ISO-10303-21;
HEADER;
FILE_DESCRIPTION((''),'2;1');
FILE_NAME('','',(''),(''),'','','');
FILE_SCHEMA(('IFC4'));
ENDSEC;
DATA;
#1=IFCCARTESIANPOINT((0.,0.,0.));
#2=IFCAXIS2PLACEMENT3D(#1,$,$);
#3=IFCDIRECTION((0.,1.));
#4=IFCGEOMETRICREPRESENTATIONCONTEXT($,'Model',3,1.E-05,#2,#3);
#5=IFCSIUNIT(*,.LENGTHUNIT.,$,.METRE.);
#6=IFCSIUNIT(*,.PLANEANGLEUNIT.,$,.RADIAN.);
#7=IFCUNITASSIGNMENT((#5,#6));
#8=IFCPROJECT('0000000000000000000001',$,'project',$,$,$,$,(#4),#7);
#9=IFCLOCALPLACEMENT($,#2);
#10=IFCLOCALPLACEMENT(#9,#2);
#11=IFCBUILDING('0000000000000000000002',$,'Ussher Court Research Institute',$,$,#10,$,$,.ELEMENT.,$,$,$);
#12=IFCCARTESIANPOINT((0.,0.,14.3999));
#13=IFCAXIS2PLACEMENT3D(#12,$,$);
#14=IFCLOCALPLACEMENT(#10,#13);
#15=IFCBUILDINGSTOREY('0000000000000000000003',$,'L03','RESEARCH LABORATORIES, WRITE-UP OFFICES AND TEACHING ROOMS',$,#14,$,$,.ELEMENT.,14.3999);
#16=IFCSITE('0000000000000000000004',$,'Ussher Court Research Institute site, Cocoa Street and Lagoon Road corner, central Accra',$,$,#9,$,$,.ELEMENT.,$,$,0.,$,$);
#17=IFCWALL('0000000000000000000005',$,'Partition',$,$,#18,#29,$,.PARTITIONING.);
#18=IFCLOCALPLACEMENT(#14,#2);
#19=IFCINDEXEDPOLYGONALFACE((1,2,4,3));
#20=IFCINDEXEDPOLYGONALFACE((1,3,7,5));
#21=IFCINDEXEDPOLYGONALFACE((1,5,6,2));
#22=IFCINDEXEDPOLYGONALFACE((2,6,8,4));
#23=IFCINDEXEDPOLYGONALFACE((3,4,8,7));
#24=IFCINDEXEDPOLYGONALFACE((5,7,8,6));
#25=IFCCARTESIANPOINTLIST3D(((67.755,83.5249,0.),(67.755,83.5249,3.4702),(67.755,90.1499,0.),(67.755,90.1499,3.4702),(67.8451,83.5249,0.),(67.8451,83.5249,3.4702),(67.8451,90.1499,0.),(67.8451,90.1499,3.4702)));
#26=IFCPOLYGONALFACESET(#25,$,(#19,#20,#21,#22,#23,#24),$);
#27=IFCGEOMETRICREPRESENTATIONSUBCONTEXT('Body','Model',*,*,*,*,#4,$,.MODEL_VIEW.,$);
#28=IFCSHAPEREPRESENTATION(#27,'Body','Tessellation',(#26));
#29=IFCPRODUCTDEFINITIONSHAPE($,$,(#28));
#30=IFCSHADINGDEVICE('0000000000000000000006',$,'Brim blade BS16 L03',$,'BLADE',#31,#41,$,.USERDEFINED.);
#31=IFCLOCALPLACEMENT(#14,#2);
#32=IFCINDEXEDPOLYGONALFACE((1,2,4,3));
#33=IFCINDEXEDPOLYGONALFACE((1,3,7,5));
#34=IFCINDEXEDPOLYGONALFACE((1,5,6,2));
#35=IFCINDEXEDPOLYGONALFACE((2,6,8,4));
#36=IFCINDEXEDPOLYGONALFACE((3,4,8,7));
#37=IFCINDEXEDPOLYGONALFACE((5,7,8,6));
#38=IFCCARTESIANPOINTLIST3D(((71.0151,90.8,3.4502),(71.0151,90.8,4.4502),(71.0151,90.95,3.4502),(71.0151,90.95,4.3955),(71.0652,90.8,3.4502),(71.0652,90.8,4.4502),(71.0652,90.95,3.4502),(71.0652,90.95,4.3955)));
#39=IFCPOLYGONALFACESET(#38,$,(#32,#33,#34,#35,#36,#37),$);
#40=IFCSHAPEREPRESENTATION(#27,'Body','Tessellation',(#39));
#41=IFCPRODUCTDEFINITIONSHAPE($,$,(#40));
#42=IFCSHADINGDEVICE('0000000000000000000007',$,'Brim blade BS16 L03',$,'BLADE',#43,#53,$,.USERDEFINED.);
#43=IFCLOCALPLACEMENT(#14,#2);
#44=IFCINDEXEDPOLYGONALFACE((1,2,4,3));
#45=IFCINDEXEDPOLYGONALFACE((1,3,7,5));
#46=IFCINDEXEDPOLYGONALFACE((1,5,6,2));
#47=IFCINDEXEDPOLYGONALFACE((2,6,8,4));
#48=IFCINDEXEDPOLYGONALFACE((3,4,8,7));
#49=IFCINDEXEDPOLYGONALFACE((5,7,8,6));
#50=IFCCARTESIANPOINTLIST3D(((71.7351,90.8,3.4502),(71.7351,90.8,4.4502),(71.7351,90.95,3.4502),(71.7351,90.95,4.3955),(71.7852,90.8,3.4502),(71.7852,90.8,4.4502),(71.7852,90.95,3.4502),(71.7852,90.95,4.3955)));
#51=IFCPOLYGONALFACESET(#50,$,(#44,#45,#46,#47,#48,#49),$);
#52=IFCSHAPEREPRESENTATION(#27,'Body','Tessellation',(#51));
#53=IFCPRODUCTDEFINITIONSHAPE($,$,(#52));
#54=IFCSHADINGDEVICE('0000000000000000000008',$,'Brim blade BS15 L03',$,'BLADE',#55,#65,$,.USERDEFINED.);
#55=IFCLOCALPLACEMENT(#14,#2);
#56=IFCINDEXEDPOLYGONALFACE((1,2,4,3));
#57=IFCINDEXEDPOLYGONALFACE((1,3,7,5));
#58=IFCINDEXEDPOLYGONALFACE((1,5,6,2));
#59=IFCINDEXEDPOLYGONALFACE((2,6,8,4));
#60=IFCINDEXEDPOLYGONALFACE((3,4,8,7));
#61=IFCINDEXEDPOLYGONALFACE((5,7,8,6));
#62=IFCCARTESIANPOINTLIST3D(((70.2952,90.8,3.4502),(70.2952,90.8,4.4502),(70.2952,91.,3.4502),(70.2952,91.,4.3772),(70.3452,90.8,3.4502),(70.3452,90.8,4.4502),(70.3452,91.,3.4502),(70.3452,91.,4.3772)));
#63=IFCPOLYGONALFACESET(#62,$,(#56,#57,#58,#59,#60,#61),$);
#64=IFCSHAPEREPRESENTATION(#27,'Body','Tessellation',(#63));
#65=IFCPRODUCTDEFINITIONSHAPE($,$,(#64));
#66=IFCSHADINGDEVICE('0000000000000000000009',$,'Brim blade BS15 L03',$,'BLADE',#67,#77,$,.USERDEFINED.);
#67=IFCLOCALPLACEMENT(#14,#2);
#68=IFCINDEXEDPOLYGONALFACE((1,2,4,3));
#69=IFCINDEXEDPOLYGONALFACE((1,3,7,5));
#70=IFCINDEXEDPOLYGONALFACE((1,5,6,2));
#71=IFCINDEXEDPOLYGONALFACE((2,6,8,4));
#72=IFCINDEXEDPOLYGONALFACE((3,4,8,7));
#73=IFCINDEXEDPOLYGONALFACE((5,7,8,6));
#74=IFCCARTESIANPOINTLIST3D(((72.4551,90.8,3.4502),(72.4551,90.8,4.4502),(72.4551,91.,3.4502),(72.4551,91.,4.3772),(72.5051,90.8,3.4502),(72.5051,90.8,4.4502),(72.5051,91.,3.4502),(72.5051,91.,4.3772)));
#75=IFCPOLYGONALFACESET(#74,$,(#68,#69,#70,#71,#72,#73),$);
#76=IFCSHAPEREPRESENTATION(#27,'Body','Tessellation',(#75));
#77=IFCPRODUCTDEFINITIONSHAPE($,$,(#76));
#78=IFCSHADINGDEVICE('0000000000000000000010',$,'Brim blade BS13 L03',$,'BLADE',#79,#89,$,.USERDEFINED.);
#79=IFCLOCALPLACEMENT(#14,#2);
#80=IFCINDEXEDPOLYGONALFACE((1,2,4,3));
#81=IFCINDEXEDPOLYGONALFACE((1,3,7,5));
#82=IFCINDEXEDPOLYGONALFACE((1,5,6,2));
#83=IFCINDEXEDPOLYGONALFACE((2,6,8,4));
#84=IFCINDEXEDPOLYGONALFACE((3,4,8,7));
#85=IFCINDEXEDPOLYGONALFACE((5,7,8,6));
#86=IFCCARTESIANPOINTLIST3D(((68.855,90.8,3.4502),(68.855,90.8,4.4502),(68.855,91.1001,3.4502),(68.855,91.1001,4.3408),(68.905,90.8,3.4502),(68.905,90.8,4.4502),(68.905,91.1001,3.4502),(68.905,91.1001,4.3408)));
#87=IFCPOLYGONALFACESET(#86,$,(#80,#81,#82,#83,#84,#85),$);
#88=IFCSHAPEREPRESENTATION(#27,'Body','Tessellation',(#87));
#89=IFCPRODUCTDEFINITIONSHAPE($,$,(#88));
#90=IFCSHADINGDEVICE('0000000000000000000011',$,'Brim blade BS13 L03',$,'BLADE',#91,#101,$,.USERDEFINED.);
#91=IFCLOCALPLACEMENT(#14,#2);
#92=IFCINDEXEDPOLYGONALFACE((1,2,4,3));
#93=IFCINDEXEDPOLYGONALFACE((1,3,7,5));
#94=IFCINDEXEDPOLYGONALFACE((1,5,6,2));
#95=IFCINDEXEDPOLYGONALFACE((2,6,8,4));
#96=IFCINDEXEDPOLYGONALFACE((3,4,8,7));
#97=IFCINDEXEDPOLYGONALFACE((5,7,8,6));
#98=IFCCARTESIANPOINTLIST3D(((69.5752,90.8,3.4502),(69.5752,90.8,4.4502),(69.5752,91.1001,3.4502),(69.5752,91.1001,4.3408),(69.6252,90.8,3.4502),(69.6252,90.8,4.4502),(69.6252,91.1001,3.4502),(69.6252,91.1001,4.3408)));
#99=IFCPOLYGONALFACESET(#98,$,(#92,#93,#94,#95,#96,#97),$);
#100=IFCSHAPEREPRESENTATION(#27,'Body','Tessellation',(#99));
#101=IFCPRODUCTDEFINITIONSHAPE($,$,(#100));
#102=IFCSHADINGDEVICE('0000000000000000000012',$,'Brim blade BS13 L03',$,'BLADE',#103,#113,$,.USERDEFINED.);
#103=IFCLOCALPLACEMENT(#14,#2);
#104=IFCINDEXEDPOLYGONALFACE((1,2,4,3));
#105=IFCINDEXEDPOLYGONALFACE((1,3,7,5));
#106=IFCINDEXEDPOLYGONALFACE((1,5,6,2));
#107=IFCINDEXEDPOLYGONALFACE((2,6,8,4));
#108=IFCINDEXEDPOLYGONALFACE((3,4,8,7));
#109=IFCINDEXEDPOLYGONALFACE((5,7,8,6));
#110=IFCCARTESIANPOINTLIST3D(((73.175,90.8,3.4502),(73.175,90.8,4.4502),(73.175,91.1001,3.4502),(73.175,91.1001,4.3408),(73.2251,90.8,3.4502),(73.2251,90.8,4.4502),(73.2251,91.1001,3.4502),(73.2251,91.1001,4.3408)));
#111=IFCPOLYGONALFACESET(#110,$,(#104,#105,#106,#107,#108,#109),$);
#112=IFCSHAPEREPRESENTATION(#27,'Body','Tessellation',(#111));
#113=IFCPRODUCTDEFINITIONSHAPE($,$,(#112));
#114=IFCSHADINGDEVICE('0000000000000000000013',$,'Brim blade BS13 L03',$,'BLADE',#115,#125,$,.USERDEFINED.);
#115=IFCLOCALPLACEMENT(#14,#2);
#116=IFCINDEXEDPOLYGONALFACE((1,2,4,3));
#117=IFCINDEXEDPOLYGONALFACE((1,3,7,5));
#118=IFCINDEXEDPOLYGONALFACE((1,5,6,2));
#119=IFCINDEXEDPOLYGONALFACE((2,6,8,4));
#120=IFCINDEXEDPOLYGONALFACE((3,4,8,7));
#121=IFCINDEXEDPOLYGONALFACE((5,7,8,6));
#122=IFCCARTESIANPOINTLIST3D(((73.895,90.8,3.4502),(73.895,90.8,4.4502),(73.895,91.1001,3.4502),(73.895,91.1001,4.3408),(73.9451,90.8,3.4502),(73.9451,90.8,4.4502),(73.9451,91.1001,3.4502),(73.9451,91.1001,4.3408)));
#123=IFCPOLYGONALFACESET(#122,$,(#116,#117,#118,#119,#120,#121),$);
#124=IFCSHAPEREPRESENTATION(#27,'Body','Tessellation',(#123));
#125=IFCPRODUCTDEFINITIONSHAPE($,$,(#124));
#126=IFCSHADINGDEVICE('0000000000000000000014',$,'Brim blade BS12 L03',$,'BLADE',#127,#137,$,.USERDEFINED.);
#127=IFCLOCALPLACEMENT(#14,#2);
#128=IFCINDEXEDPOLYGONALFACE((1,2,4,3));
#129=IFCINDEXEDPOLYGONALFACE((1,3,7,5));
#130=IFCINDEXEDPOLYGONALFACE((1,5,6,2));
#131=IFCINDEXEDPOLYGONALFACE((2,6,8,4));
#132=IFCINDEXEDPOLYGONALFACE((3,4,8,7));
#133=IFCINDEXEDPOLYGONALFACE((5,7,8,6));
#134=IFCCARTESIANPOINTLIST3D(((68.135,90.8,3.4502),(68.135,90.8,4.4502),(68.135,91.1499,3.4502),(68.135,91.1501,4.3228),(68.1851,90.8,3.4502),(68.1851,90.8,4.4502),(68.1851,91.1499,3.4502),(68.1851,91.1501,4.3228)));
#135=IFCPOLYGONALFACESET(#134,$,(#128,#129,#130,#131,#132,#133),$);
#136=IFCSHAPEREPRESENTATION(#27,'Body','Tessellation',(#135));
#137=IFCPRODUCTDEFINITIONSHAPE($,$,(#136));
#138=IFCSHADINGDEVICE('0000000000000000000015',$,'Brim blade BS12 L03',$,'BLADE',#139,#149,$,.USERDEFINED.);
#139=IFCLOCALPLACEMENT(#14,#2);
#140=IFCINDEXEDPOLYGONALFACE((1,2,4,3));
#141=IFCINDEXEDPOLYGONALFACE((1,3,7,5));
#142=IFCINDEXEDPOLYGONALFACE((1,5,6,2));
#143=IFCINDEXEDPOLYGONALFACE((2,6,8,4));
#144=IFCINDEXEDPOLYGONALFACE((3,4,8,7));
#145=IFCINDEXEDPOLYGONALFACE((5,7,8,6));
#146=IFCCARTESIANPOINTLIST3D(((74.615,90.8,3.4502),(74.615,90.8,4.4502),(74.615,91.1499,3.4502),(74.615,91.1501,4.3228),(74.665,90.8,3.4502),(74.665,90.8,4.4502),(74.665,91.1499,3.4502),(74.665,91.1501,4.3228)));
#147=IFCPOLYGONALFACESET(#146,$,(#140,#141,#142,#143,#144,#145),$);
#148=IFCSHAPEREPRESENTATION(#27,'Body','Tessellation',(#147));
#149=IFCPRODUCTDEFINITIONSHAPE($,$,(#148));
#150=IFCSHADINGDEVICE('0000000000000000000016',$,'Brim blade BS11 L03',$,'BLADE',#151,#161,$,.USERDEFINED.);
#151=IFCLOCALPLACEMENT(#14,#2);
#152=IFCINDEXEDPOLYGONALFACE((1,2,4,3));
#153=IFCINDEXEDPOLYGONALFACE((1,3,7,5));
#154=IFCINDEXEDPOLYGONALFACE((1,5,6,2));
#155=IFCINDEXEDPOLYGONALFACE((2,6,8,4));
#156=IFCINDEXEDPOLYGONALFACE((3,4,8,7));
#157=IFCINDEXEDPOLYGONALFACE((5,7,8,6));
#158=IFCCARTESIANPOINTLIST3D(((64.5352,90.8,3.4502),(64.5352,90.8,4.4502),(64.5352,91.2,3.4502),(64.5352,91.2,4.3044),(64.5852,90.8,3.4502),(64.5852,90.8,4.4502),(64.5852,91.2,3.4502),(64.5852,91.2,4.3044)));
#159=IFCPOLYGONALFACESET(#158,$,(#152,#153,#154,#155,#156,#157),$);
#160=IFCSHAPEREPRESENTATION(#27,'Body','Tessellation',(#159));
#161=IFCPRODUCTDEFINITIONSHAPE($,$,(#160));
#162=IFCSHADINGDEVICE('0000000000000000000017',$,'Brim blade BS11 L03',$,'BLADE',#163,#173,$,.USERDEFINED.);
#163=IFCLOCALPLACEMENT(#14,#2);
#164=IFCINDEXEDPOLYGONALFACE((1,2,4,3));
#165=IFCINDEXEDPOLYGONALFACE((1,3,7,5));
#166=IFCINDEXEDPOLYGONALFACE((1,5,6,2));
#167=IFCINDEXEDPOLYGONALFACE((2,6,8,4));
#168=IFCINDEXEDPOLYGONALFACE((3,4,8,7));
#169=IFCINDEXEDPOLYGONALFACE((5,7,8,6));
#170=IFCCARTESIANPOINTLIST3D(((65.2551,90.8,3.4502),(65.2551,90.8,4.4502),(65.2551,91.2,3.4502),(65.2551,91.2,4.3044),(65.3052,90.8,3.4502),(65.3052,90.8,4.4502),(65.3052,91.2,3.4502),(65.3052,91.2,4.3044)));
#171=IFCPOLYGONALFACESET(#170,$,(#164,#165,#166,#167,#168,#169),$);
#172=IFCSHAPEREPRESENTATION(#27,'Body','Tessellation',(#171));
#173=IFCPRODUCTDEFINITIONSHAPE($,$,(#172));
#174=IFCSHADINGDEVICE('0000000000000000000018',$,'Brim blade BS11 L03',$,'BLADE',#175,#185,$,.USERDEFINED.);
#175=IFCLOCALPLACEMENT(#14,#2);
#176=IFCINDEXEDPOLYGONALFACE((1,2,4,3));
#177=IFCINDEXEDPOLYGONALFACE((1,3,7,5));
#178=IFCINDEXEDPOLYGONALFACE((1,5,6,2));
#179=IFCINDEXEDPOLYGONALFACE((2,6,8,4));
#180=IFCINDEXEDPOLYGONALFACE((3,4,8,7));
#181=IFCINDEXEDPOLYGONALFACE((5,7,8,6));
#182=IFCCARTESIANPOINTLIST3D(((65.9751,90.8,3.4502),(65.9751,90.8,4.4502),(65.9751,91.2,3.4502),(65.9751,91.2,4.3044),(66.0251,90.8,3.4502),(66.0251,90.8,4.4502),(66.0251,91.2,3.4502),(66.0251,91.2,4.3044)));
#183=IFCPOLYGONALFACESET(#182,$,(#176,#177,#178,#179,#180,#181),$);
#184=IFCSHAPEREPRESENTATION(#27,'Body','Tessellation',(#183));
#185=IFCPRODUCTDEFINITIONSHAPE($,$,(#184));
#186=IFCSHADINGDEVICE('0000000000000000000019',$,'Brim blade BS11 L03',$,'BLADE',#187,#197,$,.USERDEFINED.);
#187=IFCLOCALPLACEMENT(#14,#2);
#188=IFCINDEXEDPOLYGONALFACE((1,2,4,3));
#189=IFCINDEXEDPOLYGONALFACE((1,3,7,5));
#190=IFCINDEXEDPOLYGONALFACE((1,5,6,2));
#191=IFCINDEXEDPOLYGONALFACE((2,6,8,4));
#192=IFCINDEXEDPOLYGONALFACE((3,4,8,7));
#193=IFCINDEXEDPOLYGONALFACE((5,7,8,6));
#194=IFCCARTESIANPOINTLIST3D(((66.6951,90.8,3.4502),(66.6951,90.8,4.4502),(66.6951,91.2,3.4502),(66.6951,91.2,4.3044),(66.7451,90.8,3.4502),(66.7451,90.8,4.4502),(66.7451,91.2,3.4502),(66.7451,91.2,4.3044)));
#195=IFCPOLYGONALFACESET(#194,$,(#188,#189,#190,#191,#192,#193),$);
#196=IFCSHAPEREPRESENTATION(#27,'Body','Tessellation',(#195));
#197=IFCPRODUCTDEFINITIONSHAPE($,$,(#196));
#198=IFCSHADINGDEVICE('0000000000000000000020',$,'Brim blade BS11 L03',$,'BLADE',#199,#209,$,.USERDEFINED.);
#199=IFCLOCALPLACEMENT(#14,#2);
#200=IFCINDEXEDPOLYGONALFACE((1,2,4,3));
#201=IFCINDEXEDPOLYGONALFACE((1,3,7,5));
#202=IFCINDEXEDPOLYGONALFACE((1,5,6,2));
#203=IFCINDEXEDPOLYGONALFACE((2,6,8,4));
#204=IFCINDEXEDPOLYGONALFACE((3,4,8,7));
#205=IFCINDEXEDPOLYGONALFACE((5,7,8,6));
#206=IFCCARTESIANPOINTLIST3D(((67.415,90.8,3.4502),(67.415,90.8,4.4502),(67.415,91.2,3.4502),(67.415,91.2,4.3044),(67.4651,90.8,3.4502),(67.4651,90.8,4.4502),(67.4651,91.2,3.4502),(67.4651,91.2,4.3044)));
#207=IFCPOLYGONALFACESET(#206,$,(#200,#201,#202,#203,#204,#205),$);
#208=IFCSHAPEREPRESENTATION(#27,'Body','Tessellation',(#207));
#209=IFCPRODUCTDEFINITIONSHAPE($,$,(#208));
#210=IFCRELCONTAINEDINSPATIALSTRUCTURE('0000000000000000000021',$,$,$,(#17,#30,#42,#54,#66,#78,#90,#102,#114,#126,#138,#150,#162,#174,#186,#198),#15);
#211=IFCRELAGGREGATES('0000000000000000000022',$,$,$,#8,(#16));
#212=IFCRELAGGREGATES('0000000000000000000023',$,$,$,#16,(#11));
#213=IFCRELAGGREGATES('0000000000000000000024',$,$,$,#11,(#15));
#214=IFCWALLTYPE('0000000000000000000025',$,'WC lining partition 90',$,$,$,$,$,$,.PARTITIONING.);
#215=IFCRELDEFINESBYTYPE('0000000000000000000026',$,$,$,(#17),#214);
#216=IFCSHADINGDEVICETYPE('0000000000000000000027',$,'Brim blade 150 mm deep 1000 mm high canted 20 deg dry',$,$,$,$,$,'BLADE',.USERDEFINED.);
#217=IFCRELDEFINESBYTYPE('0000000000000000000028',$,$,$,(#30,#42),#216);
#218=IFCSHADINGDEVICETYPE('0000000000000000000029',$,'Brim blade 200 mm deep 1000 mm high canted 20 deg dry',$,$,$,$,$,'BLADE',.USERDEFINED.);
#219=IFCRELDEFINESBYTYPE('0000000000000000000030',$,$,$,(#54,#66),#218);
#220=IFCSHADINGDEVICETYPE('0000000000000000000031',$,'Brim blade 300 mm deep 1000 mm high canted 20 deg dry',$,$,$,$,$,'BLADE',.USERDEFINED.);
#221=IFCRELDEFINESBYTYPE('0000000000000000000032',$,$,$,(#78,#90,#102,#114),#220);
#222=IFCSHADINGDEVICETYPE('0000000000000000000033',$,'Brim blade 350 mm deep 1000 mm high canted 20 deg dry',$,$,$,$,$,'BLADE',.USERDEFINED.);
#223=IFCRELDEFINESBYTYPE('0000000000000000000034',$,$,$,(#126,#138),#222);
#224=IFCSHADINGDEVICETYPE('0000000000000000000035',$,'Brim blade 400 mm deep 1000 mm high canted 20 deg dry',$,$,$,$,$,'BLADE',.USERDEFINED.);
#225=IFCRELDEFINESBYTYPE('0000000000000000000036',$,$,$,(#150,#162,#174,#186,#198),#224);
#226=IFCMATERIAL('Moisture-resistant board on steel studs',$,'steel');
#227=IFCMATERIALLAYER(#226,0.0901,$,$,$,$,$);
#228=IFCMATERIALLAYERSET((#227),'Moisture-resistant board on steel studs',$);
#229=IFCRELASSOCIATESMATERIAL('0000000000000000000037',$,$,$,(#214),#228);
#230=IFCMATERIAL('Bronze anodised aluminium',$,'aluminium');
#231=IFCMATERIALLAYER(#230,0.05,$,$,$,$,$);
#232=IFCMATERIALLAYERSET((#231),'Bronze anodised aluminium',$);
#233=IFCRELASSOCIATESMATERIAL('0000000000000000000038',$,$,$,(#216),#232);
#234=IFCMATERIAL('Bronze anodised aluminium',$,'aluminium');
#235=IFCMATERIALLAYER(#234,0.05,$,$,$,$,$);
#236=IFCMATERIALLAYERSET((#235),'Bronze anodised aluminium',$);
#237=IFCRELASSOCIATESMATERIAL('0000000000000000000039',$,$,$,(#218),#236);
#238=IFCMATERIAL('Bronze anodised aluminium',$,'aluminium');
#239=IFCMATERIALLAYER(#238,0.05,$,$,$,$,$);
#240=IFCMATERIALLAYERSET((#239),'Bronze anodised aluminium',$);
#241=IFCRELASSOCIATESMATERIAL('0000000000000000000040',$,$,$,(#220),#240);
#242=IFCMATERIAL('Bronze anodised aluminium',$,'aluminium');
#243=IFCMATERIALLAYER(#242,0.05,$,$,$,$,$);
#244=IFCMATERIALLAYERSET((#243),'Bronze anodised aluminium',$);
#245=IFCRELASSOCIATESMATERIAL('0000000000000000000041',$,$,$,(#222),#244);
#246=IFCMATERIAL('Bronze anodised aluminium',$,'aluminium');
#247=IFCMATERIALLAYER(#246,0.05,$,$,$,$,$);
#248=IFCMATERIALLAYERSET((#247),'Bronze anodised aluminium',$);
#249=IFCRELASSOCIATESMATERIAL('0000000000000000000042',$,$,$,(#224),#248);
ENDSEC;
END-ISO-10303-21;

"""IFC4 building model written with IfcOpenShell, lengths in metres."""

from ifc_helpers import new_model, si_unit, direction, frame, frame_2d, origin, place, context, subcontext, project, spatial, polyline, rectangle, outline, extrude, material, layer, layer_set, type_object, element, save


model = new_model("IFC4")

# Units and contexts
model_context = context("Model", 3, precision=1e-05, world=origin(), true_north=direction((0.0, 1.0)))
body_context = subcontext(model_context, "Body", "Model", "MODEL_VIEW")
ifc_project = project(units=[si_unit("LENGTHUNIT", "METRE"), si_unit("PLANEANGLEUNIT", "RADIAN")], contexts=[model_context])

# Site, building, storey
site_placement = place(None, origin())
site = spatial("IfcSite", under=ifc_project, at=site_placement, Name="Ussher Court Research Institute site, Cocoa Street and Lagoon Road corner, central Accra", CompositionType="ELEMENT", RefElevation=0.0)
building_placement = place(site_placement, origin())
building = spatial("IfcBuilding", under=site, at=building_placement, Name="Ussher Court Research Institute", CompositionType="ELEMENT")
storey_placement = place(building_placement, frame((0.0, 0.0, 14.3999)))
storey = spatial("IfcBuildingStorey", under=building, at=storey_placement, Name="L03", Description="RESEARCH LABORATORIES, WRITE-UP OFFICES AND TEACHING ROOMS", CompositionType="ELEMENT", Elevation=14.3999)

# Wall
ifc_material_1 = material(Name="Moisture-resistant board on steel studs", Category="steel")
ifc_layer_1 = layer(ifc_material_1, 0.0901)
ifc_layer_set_1 = layer_set([ifc_layer_1], Name="Moisture-resistant board on steel studs")
wall_type_1 = type_object("IfcWallType", Name="WC lining partition 90", PredefinedType="PARTITIONING", material=ifc_layer_set_1)
wall_1_placement = place(storey_placement, frame((67.8, 83.5249, 0.0), z_axis=(0.0, 0.0, 1.0), x_axis=(0.0, 1.0, 0.0)))
element("IfcWall", 1, at=wall_1_placement, inside=storey, type_object=wall_type_1, Name="Partition", PredefinedType="PARTITIONING", context=body_context, shape_type="SweptSolid", body=[
    extrude(rectangle(XDim=6.625, YDim=0.0901, at=frame_2d((3.3125, 0.0))), origin(), (0.0, 0.0, 1.0), 3.4702),
])

# Shading devices
ifc_material_2 = material(Name="Bronze anodised aluminium", Category="aluminium")
ifc_layer_2 = layer(ifc_material_2, 0.05)
ifc_layer_set_2 = layer_set([ifc_layer_2], Name="Bronze anodised aluminium")
shading_device_type_1 = type_object("IfcShadingDeviceType", Name="Brim blade 150 mm deep 1000 mm high canted 20 deg dry", ElementType="BLADE", PredefinedType="USERDEFINED", material=ifc_layer_set_2)
for number, where, z_axis, x_axis, name in (
    (2, (71.04, 90.8, 3.4502), (0.0, 0.0, 1.0), (0.0, 1.0, 0.0), "Brim blade BS16 L03"),
    (3, (71.76, 90.8, 3.4502), (0.0, 0.0, 1.0), (0.0, 1.0, 0.0), "Brim blade BS16 L03"),
):
    element("IfcShadingDevice", number, at=place(storey_placement, frame(where, z_axis=z_axis, x_axis=x_axis)), inside=storey, type_object=shading_device_type_1, Name=name, ObjectType="BLADE", PredefinedType="USERDEFINED", context=body_context, shape_type="SweptSolid", body=[
        extrude(outline(polyline([(0.0, 0.0), (0.1499, 0.0), (0.1499, 0.9453), (0.0, 1.0), (0.0, 0.0)])), frame((0.0, 0.0249, 0.0), z_axis=(0.0, -1.0, 0.0), x_axis=(1.0, 0.0, 0.0)), (0.0, 0.0, 1.0), 0.05),
    ])
ifc_material_3 = material(Name="Bronze anodised aluminium", Category="aluminium")
ifc_layer_3 = layer(ifc_material_3, 0.05)
ifc_layer_set_3 = layer_set([ifc_layer_3], Name="Bronze anodised aluminium")
shading_device_type_2 = type_object("IfcShadingDeviceType", Name="Brim blade 200 mm deep 1000 mm high canted 20 deg dry", ElementType="BLADE", PredefinedType="USERDEFINED", material=ifc_layer_set_3)
for number, where, z_axis, x_axis, name in (
    (4, (70.3201, 90.8, 3.4502), (0.0, 0.0, 1.0), (0.0, 1.0, 0.0), "Brim blade BS15 L03"),
    (5, (72.48, 90.8, 3.4502), (0.0, 0.0, 1.0), (0.0, 1.0, 0.0), "Brim blade BS15 L03"),
):
    element("IfcShadingDevice", number, at=place(storey_placement, frame(where, z_axis=z_axis, x_axis=x_axis)), inside=storey, type_object=shading_device_type_2, Name=name, ObjectType="BLADE", PredefinedType="USERDEFINED", context=body_context, shape_type="SweptSolid", body=[
        extrude(outline(polyline([(0.0, 0.0), (0.2, 0.0), (0.2, 0.927), (0.0, 1.0), (0.0, 0.0)])), frame((0.0, 0.0249, 0.0), z_axis=(0.0, -1.0, 0.0), x_axis=(1.0, 0.0, 0.0)), (0.0, 0.0, 1.0), 0.05),
    ])
ifc_material_4 = material(Name="Bronze anodised aluminium", Category="aluminium")
ifc_layer_4 = layer(ifc_material_4, 0.05)
ifc_layer_set_4 = layer_set([ifc_layer_4], Name="Bronze anodised aluminium")
shading_device_type_3 = type_object("IfcShadingDeviceType", Name="Brim blade 300 mm deep 1000 mm high canted 20 deg dry", ElementType="BLADE", PredefinedType="USERDEFINED", material=ifc_layer_set_4)
for number, where, z_axis, x_axis, name in (
    (6, (68.8799, 90.8, 3.4502), (0.0, 0.0, 1.0), (0.0, 1.0, 0.0), "Brim blade BS13 L03"),
    (7, (69.6001, 90.8, 3.4502), (0.0, 0.0, 1.0), (0.0, 1.0, 0.0), "Brim blade BS13 L03"),
    (8, (73.2, 90.8, 3.4502), (0.0, 0.0, 1.0), (0.0, 1.0, 0.0), "Brim blade BS13 L03"),
    (9, (73.9199, 90.8, 3.4502), (0.0, 0.0, 1.0), (0.0, 1.0, 0.0), "Brim blade BS13 L03"),
):
    element("IfcShadingDevice", number, at=place(storey_placement, frame(where, z_axis=z_axis, x_axis=x_axis)), inside=storey, type_object=shading_device_type_3, Name=name, ObjectType="BLADE", PredefinedType="USERDEFINED", context=body_context, shape_type="SweptSolid", body=[
        extrude(outline(polyline([(0.0, 0.0), (0.3, 0.0), (0.3, 0.8906), (0.0, 1.0), (0.0, 0.0)])), frame((0.0, 0.0249, 0.0), z_axis=(0.0, -1.0, 0.0), x_axis=(1.0, 0.0, 0.0)), (0.0, 0.0, 1.0), 0.05),
    ])
ifc_material_5 = material(Name="Bronze anodised aluminium", Category="aluminium")
ifc_layer_5 = layer(ifc_material_5, 0.05)
ifc_layer_set_5 = layer_set([ifc_layer_5], Name="Bronze anodised aluminium")
shading_device_type_4 = type_object("IfcShadingDeviceType", Name="Brim blade 350 mm deep 1000 mm high canted 20 deg dry", ElementType="BLADE", PredefinedType="USERDEFINED", material=ifc_layer_set_5)
for number, where, z_axis, x_axis, name in (
    (10, (68.1599, 90.8, 3.4502), (0.0, 0.0, 1.0), (0.0, 1.0, 0.0), "Brim blade BS12 L03"),
    (11, (74.6399, 90.8, 3.4502), (0.0, 0.0, 1.0), (0.0, 1.0, 0.0), "Brim blade BS12 L03"),
):
    element("IfcShadingDevice", number, at=place(storey_placement, frame(where, z_axis=z_axis, x_axis=x_axis)), inside=storey, type_object=shading_device_type_4, Name=name, ObjectType="BLADE", PredefinedType="USERDEFINED", context=body_context, shape_type="SweptSolid", body=[
        extrude(outline(polyline([(0.0, 0.0), (0.3499, 0.0), (0.3501, 0.8726), (0.0, 1.0), (0.0, 0.0)])), frame((0.0, 0.0249, 0.0), z_axis=(0.0, -1.0, 0.0), x_axis=(1.0, 0.0, 0.0)), (0.0, 0.0, 1.0), 0.05),
    ])
ifc_material_6 = material(Name="Bronze anodised aluminium", Category="aluminium")
ifc_layer_6 = layer(ifc_material_6, 0.05)
ifc_layer_set_6 = layer_set([ifc_layer_6], Name="Bronze anodised aluminium")
shading_device_type_5 = type_object("IfcShadingDeviceType", Name="Brim blade 400 mm deep 1000 mm high canted 20 deg dry", ElementType="BLADE", PredefinedType="USERDEFINED", material=ifc_layer_set_6)
for number, where, z_axis, x_axis, name in (
    (12, (64.5601, 90.8, 3.4502), (0.0, 0.0, 1.0), (0.0, 1.0, 0.0), "Brim blade BS11 L03"),
    (13, (65.28, 90.8, 3.4502), (0.0, 0.0, 1.0), (0.0, 1.0, 0.0), "Brim blade BS11 L03"),
    (14, (66.0, 90.8, 3.4502), (0.0, 0.0, 1.0), (0.0, 1.0, 0.0), "Brim blade BS11 L03"),
    (15, (66.72, 90.8, 3.4502), (0.0, 0.0, 1.0), (0.0, 1.0, 0.0), "Brim blade BS11 L03"),
    (16, (67.4399, 90.8, 3.4502), (0.0, 0.0, 1.0), (0.0, 1.0, 0.0), "Brim blade BS11 L03"),
):
    element("IfcShadingDevice", number, at=place(storey_placement, frame(where, z_axis=z_axis, x_axis=x_axis)), inside=storey, type_object=shading_device_type_5, Name=name, ObjectType="BLADE", PredefinedType="USERDEFINED", context=body_context, shape_type="SweptSolid", body=[
        extrude(outline(polyline([(0.0, 0.0), (0.3999, 0.0), (0.3999, 0.8542), (0.0, 1.0), (0.0, 0.0)])), frame((0.0, 0.0249, 0.0), z_axis=(0.0, -1.0, 0.0), x_axis=(1.0, 0.0, 0.0)), (0.0, 0.0, 1.0), 0.05),
    ])

save(model, "model.ifc")
